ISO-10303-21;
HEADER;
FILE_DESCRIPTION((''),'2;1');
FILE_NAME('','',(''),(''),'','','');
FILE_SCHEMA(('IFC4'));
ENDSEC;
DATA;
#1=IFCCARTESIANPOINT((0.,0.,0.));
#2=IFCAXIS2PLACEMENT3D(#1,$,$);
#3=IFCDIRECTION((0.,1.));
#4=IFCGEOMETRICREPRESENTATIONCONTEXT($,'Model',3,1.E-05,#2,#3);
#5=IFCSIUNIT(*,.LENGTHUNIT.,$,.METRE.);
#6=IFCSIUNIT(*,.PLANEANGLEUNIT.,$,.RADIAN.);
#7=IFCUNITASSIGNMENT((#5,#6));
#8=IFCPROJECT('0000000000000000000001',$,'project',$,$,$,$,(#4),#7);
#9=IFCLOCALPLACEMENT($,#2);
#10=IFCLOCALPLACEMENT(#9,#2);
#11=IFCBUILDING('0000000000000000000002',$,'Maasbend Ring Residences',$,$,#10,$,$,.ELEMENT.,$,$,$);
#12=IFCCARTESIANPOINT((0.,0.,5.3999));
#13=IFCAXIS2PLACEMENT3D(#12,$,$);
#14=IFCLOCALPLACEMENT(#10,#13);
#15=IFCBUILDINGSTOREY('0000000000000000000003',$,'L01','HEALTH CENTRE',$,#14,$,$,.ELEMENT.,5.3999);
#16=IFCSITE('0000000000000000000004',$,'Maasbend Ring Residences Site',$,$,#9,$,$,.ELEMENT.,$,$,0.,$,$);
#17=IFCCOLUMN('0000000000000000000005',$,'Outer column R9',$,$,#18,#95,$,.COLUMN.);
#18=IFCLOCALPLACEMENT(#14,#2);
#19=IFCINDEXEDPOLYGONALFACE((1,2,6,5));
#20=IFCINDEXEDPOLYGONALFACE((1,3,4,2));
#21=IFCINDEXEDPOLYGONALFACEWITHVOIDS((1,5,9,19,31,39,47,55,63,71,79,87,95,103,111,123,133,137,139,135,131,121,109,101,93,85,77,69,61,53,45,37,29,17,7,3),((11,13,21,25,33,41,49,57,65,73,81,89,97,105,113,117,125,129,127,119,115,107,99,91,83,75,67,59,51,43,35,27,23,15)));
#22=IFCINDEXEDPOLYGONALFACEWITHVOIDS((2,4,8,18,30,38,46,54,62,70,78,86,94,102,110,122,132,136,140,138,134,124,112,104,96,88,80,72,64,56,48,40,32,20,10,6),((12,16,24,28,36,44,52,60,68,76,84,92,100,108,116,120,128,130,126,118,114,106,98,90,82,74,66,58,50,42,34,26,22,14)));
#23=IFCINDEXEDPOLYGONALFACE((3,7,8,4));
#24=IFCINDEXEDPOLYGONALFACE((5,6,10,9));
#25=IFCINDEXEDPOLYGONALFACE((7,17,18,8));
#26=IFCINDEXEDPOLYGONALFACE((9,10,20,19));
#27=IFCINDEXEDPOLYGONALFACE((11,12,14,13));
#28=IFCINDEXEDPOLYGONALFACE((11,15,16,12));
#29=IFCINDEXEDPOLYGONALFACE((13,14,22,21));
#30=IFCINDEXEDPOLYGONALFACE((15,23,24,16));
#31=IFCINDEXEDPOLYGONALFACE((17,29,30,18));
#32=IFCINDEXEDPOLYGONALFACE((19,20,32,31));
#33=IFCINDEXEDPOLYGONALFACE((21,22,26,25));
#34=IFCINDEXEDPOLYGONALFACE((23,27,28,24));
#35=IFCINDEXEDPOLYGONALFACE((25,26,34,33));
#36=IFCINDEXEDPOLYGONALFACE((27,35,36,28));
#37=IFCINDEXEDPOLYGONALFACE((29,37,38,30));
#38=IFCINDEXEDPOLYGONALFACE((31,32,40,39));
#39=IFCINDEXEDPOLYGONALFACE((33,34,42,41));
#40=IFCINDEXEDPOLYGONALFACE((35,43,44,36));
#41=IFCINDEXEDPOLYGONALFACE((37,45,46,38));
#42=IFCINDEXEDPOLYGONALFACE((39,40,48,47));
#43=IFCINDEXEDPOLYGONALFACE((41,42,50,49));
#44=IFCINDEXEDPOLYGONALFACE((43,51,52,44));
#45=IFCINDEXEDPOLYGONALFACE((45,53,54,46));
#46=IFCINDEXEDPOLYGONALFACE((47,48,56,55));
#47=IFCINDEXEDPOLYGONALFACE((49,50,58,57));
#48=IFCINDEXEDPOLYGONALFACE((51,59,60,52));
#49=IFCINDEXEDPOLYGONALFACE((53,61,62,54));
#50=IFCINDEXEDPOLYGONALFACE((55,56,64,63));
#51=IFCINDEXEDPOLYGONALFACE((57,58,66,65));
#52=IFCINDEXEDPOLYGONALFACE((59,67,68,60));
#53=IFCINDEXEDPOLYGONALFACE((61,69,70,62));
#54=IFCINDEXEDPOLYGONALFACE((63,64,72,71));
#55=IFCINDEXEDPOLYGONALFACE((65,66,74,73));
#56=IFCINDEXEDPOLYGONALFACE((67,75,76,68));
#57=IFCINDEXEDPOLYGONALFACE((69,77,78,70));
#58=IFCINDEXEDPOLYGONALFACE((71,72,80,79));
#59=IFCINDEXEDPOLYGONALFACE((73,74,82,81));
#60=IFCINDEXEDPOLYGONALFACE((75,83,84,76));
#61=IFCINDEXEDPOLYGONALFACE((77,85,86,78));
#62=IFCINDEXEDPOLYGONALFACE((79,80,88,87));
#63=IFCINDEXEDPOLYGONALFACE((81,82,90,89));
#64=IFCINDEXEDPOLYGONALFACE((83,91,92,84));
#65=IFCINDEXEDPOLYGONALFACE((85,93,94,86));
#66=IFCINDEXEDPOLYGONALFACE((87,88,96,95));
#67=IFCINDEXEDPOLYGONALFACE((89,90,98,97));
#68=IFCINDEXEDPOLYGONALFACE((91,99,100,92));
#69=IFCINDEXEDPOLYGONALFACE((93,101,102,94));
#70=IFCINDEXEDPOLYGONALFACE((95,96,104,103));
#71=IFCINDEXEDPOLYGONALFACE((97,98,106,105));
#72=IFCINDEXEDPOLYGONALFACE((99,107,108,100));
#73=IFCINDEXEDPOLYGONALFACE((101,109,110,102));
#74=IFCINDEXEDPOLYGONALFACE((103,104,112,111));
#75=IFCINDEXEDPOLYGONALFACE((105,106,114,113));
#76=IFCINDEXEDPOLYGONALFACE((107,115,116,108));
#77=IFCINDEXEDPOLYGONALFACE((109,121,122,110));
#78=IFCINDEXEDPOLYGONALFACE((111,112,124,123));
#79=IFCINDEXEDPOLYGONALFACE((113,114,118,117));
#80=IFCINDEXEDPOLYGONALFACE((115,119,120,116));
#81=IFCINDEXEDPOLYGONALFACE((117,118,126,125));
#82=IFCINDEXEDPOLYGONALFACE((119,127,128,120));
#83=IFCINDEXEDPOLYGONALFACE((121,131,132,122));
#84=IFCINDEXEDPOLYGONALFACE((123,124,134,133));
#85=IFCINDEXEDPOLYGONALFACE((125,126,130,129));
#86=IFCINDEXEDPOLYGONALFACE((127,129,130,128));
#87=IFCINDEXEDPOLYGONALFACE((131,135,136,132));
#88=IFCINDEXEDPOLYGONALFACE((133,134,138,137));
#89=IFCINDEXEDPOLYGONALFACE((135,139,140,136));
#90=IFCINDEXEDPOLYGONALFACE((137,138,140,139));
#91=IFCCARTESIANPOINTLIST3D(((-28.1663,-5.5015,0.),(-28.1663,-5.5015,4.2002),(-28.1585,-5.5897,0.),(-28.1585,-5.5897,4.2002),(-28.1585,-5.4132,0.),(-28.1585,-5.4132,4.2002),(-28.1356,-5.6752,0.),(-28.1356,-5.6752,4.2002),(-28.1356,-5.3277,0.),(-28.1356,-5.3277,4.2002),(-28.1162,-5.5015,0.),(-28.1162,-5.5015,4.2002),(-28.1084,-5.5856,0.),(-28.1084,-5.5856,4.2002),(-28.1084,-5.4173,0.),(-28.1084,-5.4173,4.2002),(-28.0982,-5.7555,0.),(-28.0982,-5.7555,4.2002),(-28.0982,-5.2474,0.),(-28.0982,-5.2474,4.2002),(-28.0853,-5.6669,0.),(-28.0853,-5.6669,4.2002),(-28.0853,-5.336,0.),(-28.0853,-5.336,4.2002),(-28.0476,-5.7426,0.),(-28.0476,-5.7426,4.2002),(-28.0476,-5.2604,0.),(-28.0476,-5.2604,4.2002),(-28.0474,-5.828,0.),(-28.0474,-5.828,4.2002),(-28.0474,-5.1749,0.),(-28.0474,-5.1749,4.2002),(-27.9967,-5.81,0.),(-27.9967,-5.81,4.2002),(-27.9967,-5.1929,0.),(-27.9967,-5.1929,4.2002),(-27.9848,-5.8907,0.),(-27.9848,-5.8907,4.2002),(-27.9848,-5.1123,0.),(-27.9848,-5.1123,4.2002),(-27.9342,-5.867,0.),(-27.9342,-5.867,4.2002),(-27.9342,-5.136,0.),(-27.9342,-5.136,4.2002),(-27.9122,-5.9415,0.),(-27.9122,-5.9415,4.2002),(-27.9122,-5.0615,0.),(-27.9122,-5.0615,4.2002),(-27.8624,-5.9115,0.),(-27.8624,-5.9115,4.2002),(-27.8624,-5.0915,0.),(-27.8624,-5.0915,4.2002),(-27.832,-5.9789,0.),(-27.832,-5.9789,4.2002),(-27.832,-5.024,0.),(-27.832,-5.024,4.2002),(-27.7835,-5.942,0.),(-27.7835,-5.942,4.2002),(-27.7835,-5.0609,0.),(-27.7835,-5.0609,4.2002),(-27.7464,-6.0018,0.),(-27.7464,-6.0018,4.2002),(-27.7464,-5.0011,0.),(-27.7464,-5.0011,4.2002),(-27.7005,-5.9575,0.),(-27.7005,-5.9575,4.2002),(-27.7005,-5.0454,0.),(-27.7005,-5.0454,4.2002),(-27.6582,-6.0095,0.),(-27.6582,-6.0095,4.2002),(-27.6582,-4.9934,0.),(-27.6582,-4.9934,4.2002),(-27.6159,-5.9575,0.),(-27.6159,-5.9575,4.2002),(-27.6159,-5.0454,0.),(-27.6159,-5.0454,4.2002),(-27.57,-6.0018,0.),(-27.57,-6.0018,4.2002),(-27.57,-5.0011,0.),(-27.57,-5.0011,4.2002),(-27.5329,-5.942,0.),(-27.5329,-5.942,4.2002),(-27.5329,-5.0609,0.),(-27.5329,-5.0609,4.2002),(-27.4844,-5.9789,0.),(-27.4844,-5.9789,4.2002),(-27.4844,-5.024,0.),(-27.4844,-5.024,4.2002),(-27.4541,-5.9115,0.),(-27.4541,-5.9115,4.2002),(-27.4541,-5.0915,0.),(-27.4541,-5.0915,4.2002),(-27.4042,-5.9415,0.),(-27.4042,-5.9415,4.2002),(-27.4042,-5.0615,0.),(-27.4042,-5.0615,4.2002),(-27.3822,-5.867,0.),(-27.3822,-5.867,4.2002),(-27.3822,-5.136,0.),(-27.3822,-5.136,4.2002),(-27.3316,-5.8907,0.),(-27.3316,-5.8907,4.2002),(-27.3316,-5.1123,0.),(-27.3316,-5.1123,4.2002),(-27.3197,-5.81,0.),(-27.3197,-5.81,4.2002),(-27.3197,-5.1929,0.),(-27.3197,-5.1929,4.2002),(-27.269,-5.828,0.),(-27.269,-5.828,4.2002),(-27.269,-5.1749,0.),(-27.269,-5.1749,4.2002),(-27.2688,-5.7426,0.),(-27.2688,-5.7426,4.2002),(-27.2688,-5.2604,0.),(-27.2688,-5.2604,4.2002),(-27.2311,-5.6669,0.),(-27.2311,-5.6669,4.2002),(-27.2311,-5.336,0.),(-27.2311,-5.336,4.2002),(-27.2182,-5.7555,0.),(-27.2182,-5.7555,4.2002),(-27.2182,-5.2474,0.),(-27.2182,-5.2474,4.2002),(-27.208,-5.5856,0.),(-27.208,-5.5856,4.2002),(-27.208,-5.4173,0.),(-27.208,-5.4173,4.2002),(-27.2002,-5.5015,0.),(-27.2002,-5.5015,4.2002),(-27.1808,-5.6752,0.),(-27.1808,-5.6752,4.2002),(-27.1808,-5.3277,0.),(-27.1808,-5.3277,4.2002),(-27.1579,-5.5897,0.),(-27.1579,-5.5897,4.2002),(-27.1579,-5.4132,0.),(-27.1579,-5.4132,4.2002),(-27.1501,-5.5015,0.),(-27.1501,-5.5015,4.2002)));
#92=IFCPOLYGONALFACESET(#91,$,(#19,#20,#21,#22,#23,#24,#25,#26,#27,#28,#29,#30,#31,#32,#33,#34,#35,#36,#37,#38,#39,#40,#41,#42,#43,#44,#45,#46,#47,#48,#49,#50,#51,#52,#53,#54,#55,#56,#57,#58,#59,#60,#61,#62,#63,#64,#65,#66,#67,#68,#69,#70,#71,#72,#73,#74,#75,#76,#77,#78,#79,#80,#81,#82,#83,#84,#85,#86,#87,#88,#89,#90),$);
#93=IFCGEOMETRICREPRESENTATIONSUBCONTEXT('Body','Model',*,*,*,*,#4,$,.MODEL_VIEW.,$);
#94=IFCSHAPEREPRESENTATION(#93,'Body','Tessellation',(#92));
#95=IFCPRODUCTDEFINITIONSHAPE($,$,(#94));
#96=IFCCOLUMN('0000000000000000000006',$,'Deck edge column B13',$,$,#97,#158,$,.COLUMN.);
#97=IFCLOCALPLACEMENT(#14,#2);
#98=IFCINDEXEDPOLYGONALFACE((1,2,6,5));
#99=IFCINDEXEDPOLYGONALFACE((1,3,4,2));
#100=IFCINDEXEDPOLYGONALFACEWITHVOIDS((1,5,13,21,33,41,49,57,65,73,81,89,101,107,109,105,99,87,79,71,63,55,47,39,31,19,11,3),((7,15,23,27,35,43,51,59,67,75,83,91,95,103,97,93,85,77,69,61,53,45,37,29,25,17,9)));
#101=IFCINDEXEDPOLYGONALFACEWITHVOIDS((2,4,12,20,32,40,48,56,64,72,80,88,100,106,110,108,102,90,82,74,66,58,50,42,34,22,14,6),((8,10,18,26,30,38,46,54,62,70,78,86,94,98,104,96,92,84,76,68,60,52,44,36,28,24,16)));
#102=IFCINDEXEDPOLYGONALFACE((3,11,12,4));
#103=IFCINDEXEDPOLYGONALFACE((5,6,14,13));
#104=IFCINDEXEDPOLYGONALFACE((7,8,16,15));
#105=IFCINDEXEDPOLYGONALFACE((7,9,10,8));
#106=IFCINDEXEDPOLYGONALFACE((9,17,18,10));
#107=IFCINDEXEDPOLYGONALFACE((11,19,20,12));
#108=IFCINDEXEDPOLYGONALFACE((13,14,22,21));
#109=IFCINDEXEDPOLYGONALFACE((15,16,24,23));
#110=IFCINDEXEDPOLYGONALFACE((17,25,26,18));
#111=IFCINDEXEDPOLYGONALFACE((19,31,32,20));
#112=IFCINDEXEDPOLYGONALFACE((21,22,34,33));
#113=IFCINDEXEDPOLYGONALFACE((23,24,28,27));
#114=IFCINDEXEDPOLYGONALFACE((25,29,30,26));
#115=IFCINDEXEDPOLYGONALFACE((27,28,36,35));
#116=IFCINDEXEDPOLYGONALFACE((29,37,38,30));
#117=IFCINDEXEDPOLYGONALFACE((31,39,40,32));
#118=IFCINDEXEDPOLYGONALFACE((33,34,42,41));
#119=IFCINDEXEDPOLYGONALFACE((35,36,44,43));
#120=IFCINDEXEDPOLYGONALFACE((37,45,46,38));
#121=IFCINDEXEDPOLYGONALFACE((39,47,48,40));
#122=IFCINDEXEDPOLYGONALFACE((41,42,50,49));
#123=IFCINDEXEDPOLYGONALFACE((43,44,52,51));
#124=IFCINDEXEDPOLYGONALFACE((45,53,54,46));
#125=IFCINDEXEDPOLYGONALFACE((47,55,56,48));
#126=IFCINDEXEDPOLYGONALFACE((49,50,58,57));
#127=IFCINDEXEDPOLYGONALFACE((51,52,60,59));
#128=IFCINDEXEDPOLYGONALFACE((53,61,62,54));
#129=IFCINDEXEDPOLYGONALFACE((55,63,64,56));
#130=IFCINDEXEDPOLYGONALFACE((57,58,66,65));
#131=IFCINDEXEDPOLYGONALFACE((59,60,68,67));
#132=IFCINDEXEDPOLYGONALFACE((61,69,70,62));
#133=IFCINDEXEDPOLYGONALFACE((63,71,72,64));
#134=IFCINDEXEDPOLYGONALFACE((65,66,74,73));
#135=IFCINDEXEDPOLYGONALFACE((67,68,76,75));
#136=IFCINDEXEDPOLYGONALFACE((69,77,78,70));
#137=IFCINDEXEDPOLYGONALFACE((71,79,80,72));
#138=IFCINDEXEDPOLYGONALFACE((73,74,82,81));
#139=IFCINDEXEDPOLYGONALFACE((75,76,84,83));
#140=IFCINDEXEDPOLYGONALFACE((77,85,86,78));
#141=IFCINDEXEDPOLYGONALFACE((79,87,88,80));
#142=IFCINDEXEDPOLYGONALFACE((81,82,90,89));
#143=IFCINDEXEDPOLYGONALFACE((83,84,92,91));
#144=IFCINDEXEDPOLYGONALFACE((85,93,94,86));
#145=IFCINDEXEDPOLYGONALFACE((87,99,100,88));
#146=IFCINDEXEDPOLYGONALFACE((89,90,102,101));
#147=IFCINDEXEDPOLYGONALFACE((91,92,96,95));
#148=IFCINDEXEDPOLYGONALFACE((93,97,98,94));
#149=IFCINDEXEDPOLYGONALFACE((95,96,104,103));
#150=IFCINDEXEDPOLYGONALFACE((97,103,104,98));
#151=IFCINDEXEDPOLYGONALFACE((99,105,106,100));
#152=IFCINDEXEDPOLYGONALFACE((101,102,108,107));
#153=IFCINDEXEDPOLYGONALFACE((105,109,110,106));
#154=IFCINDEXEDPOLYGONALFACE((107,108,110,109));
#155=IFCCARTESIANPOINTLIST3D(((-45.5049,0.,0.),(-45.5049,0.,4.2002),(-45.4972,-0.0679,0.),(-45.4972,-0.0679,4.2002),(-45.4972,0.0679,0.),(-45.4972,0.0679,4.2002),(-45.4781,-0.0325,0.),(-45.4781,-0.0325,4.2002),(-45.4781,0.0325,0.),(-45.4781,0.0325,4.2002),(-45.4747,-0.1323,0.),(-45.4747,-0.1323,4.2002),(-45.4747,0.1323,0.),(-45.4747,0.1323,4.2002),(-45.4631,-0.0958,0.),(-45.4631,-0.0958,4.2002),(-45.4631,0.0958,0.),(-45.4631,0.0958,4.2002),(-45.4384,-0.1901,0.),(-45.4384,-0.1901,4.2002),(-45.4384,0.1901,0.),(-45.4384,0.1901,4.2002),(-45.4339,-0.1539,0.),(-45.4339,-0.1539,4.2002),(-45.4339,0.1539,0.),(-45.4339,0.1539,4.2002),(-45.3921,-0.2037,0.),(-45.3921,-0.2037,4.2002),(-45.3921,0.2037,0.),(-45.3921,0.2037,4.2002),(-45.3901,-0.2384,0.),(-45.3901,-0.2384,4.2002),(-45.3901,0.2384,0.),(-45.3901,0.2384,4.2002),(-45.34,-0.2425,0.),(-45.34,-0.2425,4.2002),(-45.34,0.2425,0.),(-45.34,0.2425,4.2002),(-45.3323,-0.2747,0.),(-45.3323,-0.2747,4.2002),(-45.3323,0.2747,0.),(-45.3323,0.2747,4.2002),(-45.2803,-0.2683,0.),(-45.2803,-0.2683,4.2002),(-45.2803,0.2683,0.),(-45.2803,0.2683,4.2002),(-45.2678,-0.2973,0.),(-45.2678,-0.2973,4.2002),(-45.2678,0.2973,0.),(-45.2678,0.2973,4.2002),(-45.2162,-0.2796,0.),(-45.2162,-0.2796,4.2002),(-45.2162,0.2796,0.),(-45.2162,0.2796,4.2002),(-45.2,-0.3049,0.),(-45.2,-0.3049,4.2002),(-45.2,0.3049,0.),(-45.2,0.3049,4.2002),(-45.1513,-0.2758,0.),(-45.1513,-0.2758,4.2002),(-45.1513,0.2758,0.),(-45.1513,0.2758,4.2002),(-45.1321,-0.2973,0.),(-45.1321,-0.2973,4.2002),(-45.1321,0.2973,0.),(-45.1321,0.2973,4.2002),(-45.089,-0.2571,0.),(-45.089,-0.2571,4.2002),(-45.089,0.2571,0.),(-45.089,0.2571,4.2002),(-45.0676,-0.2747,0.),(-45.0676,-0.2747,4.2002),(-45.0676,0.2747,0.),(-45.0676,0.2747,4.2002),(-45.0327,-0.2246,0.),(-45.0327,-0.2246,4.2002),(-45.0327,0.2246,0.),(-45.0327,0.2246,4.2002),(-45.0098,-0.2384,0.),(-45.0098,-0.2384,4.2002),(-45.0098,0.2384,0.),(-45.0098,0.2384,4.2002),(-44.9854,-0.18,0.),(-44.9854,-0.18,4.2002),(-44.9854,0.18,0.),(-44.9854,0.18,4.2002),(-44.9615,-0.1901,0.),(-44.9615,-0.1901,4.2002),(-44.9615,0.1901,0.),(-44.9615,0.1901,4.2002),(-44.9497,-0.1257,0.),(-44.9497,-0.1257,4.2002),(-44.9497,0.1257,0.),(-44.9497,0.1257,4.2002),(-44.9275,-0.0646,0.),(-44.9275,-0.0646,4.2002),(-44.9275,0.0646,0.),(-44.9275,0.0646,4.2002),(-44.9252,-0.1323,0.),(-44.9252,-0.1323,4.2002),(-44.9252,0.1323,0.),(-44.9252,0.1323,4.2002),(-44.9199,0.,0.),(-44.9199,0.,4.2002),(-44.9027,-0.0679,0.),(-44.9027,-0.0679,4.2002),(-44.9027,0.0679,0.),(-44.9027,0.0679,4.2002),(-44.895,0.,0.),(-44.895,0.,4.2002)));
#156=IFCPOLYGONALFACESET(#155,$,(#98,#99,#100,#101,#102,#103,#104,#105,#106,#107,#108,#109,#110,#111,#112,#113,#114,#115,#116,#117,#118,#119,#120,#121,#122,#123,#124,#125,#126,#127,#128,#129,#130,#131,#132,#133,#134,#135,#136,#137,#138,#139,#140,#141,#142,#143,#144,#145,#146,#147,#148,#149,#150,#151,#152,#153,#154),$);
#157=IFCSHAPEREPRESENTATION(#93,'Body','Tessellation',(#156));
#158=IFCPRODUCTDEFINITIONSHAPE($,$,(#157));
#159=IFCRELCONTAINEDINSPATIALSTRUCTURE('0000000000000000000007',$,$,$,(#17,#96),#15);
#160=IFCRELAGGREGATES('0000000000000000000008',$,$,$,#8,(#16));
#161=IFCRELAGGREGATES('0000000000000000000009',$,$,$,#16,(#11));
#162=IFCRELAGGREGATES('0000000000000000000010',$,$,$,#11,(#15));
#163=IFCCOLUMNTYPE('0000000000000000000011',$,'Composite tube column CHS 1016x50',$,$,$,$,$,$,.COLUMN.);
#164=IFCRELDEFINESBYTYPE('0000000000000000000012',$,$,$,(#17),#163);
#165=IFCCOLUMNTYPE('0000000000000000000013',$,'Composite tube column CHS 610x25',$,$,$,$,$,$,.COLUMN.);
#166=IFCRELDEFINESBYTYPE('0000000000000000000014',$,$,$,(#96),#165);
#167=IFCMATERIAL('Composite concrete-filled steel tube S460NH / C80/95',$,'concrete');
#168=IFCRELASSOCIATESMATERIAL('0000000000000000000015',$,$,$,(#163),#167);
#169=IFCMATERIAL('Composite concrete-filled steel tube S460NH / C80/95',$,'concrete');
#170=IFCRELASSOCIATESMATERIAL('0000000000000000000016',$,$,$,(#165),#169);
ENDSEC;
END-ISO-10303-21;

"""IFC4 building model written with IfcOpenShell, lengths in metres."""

from ifc_helpers import new_model, si_unit, direction, frame, origin, origin_2d, place, context, subcontext, project, spatial, hollow_circle, extrude, material, material_profile, profile_set, type_object, element, save


model = new_model("IFC4")

# Units and contexts
model_context = context("Model", 3, precision=1e-05, world=origin(), true_north=direction((0.0, 1.0)))
body_context = subcontext(model_context, "Body", "Model", "MODEL_VIEW")
ifc_project = project(units=[si_unit("LENGTHUNIT", "METRE"), si_unit("PLANEANGLEUNIT", "RADIAN")], contexts=[model_context])

# Site, building, storey
site_placement = place(None, origin())
site = spatial("IfcSite", under=ifc_project, at=site_placement, Name="Maasbend Ring Residences Site", CompositionType="ELEMENT", RefElevation=0.0)
building_placement = place(site_placement, origin())
building = spatial("IfcBuilding", under=site, at=building_placement, Name="Maasbend Ring Residences", CompositionType="ELEMENT")
storey_placement = place(building_placement, frame((0.0, 0.0, 5.3999)))
storey = spatial("IfcBuildingStorey", under=building, at=storey_placement, Name="L01", Description="HEALTH CENTRE", CompositionType="ELEMENT", Elevation=5.3999)

# Columns
ifc_material_1 = material(Name="Composite concrete-filled steel tube S460NH / C80/95", Category="concrete")
ifc_material_profile_1 = material_profile(ifc_material_1, hollow_circle(Radius=0.5081, WallThickness=0.05, at=origin_2d()), Name="Composite tube column CHS 1016x50")
ifc_profile_set_1 = profile_set([ifc_material_profile_1], Name="Composite concrete-filled steel tube S460NH / C80/95")
column_type_1 = type_object("IfcColumnType", Name="Composite tube column CHS 1016x50", PredefinedType="COLUMN", material=ifc_profile_set_1)
column_placement = place(storey_placement, frame((-27.6582, -5.5015, 0.0), z_axis=(0.0, 0.0, 1.0), x_axis=(1.0, 0.0, 0.0)))
element("IfcColumn", 1, at=column_placement, inside=storey, type_object=column_type_1, Name="Outer column R9", PredefinedType="COLUMN", context=body_context, shape_type="SweptSolid", body=[
    extrude(hollow_circle(Radius=0.5081, WallThickness=0.05, at=origin_2d()), origin(), (0.0, 0.0, 1.0), 4.2002),
])
ifc_material_2 = material(Name="Composite concrete-filled steel tube S460NH / C80/95", Category="concrete")
ifc_material_profile_2 = material_profile(ifc_material_2, hollow_circle(Radius=0.3049, WallThickness=0.0249, at=origin_2d()), Name="Composite tube column CHS 610x25")
ifc_profile_set_2 = profile_set([ifc_material_profile_2], Name="Composite concrete-filled steel tube S460NH / C80/95")
column_type_2 = type_object("IfcColumnType", Name="Composite tube column CHS 610x25", PredefinedType="COLUMN", material=ifc_profile_set_2)
for number, where, z_axis, x_axis, name in (
    (2, (-45.2, 0.0, 0.0), (0.0, 0.0, 1.0), (1.0, 0.0, 0.0), "Deck edge column B13"),
):
    element("IfcColumn", number, at=place(storey_placement, frame(where, z_axis=z_axis, x_axis=x_axis)), inside=storey, type_object=column_type_2, Name=name, PredefinedType="COLUMN", context=body_context, shape_type="SweptSolid", body=[
        extrude(hollow_circle(Radius=0.3049, WallThickness=0.0249, at=origin_2d()), origin(), (0.0, 0.0, 1.0), 4.2002),
    ])

save(model, "model.ifc")
